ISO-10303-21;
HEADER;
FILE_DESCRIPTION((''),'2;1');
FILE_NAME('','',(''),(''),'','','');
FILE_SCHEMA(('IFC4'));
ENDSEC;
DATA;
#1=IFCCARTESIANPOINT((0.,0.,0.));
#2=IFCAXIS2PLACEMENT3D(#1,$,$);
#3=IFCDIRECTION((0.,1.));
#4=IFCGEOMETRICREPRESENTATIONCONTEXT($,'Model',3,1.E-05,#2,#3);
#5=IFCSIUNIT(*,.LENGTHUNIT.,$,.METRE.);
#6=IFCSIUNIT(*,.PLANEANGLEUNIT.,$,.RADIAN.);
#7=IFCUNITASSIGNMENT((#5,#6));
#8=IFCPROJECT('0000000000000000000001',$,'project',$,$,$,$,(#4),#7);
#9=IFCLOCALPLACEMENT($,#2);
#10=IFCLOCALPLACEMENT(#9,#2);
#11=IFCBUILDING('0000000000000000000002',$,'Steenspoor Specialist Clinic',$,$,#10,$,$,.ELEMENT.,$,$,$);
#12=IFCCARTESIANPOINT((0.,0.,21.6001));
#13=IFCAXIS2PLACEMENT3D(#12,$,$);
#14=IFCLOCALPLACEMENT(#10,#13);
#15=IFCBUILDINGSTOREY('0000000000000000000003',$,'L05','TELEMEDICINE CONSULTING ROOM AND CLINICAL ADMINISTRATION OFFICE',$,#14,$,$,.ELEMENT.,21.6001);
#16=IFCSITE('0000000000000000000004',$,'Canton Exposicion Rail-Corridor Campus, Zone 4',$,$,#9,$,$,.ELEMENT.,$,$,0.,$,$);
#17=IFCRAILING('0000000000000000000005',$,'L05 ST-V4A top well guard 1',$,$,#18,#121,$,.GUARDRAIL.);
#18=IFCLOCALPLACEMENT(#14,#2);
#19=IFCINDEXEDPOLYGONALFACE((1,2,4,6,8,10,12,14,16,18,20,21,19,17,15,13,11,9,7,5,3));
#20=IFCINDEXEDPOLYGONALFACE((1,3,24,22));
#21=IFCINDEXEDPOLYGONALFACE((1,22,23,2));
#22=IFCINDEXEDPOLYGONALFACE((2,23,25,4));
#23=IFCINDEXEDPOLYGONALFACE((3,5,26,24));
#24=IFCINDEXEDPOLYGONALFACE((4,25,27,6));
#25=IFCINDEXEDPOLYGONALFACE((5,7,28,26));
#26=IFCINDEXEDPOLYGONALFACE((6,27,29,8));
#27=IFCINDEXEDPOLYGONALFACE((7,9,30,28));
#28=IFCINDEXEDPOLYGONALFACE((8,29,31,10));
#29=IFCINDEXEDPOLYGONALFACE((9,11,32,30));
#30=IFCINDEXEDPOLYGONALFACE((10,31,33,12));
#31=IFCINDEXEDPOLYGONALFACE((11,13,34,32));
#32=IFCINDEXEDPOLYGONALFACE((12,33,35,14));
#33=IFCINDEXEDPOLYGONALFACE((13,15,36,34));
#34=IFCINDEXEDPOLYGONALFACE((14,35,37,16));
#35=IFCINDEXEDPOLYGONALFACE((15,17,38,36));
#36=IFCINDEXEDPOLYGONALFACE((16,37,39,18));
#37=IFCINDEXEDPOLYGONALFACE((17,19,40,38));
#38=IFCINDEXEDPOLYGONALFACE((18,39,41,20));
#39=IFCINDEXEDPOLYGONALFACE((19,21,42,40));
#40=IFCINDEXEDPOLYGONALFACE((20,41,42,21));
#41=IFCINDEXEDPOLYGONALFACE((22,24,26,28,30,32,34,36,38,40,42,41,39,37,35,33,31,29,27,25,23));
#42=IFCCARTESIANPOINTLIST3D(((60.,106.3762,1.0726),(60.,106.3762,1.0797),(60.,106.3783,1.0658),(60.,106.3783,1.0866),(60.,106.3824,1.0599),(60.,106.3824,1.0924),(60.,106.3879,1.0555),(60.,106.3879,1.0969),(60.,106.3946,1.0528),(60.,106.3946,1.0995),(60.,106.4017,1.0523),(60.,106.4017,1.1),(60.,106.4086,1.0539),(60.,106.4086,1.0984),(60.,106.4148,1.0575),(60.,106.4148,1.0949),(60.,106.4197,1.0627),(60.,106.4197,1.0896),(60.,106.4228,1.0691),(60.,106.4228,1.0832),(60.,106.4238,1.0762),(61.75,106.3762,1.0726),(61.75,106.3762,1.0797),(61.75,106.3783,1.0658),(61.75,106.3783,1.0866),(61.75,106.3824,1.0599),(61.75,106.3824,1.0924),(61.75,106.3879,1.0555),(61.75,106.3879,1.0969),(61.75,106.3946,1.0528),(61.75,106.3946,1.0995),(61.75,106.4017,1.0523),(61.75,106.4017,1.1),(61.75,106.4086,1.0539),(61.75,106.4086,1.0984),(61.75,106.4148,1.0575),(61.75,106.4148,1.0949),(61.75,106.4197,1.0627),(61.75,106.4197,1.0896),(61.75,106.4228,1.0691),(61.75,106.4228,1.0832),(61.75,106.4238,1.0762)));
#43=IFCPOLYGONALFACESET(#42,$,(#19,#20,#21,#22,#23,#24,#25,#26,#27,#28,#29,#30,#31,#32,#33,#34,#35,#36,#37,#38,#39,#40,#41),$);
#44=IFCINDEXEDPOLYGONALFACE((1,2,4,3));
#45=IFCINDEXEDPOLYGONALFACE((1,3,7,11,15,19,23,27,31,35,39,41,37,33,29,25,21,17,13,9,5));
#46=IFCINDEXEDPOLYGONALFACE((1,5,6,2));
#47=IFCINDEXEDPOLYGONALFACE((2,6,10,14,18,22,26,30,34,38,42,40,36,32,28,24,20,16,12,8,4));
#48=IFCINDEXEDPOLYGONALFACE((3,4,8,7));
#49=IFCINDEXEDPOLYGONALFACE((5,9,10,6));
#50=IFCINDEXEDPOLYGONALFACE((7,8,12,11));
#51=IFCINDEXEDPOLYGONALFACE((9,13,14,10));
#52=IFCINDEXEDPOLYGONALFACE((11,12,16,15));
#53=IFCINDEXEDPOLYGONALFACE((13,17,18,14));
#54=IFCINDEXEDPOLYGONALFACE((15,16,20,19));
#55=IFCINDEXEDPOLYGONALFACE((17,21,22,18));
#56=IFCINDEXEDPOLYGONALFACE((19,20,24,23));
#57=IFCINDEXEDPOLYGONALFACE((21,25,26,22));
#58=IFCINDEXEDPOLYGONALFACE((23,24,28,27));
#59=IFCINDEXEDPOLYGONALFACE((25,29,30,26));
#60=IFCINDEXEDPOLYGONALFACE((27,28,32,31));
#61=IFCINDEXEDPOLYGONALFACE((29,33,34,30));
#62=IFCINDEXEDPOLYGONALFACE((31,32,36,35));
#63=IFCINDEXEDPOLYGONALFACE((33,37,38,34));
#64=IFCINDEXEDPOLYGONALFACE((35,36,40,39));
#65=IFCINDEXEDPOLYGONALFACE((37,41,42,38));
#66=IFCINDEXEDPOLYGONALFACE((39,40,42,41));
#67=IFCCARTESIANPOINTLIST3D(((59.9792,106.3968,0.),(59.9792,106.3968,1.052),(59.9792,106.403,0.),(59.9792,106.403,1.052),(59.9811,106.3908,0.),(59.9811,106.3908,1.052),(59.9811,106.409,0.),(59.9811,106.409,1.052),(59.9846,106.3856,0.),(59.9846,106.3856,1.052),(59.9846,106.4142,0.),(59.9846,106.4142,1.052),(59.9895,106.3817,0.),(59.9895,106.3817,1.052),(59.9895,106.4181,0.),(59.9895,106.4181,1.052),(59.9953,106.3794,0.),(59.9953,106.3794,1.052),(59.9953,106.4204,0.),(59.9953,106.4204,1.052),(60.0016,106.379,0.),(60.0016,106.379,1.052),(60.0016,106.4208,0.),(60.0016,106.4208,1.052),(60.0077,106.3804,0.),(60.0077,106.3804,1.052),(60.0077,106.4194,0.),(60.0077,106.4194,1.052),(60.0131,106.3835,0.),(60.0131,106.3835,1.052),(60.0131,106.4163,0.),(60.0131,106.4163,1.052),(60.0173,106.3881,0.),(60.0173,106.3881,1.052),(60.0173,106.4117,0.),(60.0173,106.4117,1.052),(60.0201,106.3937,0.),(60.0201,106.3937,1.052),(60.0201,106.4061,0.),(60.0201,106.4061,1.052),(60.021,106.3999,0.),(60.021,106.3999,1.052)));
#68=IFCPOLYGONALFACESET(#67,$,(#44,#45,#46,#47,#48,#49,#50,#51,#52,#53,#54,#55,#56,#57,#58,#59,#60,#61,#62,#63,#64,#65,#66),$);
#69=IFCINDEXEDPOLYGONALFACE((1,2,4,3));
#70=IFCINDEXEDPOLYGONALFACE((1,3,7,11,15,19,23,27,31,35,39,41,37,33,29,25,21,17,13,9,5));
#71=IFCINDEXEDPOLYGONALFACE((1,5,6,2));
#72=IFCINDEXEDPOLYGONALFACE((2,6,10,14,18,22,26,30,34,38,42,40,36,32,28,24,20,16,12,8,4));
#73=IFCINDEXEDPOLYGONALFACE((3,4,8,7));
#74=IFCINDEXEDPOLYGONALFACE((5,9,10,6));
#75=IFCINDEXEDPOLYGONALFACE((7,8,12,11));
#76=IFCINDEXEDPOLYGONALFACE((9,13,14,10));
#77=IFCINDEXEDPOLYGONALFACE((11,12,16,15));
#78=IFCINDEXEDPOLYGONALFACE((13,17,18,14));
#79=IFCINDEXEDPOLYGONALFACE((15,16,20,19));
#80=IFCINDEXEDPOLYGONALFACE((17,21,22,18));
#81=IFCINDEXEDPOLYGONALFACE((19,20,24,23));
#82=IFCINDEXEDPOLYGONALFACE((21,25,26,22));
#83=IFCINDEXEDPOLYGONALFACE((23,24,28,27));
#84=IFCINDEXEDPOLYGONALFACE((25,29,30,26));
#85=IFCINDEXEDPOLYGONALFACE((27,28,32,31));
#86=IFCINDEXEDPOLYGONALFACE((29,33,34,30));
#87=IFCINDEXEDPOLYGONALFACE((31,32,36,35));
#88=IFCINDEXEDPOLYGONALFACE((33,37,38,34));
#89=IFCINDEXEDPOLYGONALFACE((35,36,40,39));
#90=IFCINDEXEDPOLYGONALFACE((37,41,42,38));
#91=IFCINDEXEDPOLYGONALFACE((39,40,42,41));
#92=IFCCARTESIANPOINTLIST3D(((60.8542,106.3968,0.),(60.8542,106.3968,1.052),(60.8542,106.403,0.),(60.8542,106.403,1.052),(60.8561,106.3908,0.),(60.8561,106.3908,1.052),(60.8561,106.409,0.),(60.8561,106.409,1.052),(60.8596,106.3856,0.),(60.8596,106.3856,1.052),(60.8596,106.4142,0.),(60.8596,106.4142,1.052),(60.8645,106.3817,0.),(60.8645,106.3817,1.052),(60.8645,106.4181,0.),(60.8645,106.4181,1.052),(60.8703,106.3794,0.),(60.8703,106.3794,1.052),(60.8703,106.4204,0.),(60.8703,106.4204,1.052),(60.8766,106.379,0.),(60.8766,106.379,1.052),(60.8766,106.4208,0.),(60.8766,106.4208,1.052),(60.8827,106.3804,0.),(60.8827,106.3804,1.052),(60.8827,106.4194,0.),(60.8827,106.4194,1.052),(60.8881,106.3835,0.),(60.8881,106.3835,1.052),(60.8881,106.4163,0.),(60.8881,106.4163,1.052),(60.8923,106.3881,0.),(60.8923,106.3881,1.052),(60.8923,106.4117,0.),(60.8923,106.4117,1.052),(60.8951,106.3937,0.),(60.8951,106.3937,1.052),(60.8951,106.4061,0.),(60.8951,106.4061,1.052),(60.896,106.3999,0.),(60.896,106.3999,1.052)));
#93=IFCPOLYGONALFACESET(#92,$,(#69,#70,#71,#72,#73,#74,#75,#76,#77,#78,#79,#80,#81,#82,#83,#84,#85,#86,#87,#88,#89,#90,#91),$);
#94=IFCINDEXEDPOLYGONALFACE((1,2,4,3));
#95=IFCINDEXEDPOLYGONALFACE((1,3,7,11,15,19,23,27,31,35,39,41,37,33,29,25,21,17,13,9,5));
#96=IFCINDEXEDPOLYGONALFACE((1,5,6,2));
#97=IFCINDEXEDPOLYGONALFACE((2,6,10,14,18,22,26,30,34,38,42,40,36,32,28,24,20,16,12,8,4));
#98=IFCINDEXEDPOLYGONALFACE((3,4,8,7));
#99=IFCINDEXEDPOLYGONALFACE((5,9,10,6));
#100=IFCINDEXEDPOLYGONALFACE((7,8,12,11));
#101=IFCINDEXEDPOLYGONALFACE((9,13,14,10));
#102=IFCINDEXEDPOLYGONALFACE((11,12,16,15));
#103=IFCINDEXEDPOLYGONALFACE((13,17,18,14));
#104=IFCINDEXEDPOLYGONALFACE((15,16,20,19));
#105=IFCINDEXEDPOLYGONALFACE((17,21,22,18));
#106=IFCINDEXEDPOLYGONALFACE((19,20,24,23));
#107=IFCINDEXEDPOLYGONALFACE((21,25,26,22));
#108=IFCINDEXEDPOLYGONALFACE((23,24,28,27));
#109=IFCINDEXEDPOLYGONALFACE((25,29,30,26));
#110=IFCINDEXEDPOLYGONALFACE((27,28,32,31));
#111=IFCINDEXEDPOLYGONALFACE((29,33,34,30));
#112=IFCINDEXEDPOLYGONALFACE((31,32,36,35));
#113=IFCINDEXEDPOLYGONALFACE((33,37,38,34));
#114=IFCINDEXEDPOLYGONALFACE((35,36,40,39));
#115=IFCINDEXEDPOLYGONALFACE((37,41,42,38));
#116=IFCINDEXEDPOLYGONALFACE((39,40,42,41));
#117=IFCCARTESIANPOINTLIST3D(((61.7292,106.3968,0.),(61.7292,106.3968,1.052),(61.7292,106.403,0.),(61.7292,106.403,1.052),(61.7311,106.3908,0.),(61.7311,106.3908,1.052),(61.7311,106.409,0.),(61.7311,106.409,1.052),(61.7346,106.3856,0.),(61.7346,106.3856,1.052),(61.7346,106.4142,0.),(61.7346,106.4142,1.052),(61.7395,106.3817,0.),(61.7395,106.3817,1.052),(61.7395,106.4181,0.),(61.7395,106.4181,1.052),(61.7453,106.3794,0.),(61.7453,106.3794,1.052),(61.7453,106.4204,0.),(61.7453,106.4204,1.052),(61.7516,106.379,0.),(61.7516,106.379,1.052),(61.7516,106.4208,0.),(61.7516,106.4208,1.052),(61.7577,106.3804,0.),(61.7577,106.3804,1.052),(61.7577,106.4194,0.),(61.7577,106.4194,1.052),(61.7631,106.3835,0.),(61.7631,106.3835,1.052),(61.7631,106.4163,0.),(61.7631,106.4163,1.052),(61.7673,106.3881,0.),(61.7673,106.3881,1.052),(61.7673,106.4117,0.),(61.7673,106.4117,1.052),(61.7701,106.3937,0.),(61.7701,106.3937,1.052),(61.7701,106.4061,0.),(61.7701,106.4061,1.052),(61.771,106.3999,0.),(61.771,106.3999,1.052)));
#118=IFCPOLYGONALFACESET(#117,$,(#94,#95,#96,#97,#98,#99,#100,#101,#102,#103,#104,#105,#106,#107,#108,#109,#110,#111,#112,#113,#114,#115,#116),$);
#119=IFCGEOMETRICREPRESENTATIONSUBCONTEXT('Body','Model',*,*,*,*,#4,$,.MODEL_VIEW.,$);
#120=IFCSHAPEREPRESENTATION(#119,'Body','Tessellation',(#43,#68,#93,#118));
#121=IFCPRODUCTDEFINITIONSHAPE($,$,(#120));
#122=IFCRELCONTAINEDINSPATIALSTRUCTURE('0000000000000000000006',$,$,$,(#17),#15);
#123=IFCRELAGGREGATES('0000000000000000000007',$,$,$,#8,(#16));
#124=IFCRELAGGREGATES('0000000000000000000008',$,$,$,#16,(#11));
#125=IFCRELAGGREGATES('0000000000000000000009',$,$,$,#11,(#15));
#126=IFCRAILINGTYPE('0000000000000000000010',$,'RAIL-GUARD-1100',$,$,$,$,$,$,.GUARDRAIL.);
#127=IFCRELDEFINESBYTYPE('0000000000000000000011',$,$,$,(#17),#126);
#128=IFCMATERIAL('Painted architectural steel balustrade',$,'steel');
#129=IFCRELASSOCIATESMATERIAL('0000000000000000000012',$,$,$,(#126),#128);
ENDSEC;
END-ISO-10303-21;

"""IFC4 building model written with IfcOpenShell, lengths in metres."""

from ifc_helpers import new_model, si_unit, direction, frame, origin, origin_2d, place, context, subcontext, project, spatial, circle, extrude, material, type_object, element, save


model = new_model("IFC4")

# Units and contexts
model_context = context("Model", 3, precision=1e-05, world=origin(), true_north=direction((0.0, 1.0)))
body_context = subcontext(model_context, "Body", "Model", "MODEL_VIEW")
ifc_project = project(units=[si_unit("LENGTHUNIT", "METRE"), si_unit("PLANEANGLEUNIT", "RADIAN")], contexts=[model_context])

# Site, building, storey
site_placement = place(None, origin())
site = spatial("IfcSite", under=ifc_project, at=site_placement, Name="Canton Exposicion Rail-Corridor Campus, Zone 4", CompositionType="ELEMENT", RefElevation=0.0)
building_placement = place(site_placement, origin())
building = spatial("IfcBuilding", under=site, at=building_placement, Name="Steenspoor Specialist Clinic", CompositionType="ELEMENT")
storey_placement = place(building_placement, frame((0.0, 0.0, 21.6001)))
storey = spatial("IfcBuildingStorey", under=building, at=storey_placement, Name="L05", Description="TELEMEDICINE CONSULTING ROOM AND CLINICAL ADMINISTRATION OFFICE", CompositionType="ELEMENT", Elevation=21.6001)

# Railing
ifc_material_1 = material(Name="Painted architectural steel balustrade", Category="steel")
railing_type = type_object("IfcRailingType", Name="RAIL-GUARD-1100", PredefinedType="GUARDRAIL", material=ifc_material_1)
railing_placement = place(storey_placement, frame((60.0, 106.3999, 0.0)))
element("IfcRailing", 1, at=railing_placement, inside=storey, type_object=railing_type, Name="L05 ST-V4A top well guard 1", PredefinedType="GUARDRAIL", context=body_context, shape_type="SweptSolid", body=[
    extrude(circle(Radius=0.0239, at=origin_2d()), frame((0.0, 0.0, 1.0762), z_axis=(1.0, 0.0, 0.0), x_axis=(0.0, 1.0, 0.0)), (0.0, 0.0, 1.0), 1.75),
    extrude(circle(Radius=0.021, at=origin_2d()), origin(), (0.0, 0.0, 1.0), 1.052),
    extrude(circle(Radius=0.021, at=origin_2d()), frame((0.875, 0.0, 0.0)), (0.0, 0.0, 1.0), 1.052),
    extrude(circle(Radius=0.021, at=origin_2d()), frame((1.75, 0.0, 0.0)), (0.0, 0.0, 1.0), 1.052),
])

save(model, "model.ifc")
